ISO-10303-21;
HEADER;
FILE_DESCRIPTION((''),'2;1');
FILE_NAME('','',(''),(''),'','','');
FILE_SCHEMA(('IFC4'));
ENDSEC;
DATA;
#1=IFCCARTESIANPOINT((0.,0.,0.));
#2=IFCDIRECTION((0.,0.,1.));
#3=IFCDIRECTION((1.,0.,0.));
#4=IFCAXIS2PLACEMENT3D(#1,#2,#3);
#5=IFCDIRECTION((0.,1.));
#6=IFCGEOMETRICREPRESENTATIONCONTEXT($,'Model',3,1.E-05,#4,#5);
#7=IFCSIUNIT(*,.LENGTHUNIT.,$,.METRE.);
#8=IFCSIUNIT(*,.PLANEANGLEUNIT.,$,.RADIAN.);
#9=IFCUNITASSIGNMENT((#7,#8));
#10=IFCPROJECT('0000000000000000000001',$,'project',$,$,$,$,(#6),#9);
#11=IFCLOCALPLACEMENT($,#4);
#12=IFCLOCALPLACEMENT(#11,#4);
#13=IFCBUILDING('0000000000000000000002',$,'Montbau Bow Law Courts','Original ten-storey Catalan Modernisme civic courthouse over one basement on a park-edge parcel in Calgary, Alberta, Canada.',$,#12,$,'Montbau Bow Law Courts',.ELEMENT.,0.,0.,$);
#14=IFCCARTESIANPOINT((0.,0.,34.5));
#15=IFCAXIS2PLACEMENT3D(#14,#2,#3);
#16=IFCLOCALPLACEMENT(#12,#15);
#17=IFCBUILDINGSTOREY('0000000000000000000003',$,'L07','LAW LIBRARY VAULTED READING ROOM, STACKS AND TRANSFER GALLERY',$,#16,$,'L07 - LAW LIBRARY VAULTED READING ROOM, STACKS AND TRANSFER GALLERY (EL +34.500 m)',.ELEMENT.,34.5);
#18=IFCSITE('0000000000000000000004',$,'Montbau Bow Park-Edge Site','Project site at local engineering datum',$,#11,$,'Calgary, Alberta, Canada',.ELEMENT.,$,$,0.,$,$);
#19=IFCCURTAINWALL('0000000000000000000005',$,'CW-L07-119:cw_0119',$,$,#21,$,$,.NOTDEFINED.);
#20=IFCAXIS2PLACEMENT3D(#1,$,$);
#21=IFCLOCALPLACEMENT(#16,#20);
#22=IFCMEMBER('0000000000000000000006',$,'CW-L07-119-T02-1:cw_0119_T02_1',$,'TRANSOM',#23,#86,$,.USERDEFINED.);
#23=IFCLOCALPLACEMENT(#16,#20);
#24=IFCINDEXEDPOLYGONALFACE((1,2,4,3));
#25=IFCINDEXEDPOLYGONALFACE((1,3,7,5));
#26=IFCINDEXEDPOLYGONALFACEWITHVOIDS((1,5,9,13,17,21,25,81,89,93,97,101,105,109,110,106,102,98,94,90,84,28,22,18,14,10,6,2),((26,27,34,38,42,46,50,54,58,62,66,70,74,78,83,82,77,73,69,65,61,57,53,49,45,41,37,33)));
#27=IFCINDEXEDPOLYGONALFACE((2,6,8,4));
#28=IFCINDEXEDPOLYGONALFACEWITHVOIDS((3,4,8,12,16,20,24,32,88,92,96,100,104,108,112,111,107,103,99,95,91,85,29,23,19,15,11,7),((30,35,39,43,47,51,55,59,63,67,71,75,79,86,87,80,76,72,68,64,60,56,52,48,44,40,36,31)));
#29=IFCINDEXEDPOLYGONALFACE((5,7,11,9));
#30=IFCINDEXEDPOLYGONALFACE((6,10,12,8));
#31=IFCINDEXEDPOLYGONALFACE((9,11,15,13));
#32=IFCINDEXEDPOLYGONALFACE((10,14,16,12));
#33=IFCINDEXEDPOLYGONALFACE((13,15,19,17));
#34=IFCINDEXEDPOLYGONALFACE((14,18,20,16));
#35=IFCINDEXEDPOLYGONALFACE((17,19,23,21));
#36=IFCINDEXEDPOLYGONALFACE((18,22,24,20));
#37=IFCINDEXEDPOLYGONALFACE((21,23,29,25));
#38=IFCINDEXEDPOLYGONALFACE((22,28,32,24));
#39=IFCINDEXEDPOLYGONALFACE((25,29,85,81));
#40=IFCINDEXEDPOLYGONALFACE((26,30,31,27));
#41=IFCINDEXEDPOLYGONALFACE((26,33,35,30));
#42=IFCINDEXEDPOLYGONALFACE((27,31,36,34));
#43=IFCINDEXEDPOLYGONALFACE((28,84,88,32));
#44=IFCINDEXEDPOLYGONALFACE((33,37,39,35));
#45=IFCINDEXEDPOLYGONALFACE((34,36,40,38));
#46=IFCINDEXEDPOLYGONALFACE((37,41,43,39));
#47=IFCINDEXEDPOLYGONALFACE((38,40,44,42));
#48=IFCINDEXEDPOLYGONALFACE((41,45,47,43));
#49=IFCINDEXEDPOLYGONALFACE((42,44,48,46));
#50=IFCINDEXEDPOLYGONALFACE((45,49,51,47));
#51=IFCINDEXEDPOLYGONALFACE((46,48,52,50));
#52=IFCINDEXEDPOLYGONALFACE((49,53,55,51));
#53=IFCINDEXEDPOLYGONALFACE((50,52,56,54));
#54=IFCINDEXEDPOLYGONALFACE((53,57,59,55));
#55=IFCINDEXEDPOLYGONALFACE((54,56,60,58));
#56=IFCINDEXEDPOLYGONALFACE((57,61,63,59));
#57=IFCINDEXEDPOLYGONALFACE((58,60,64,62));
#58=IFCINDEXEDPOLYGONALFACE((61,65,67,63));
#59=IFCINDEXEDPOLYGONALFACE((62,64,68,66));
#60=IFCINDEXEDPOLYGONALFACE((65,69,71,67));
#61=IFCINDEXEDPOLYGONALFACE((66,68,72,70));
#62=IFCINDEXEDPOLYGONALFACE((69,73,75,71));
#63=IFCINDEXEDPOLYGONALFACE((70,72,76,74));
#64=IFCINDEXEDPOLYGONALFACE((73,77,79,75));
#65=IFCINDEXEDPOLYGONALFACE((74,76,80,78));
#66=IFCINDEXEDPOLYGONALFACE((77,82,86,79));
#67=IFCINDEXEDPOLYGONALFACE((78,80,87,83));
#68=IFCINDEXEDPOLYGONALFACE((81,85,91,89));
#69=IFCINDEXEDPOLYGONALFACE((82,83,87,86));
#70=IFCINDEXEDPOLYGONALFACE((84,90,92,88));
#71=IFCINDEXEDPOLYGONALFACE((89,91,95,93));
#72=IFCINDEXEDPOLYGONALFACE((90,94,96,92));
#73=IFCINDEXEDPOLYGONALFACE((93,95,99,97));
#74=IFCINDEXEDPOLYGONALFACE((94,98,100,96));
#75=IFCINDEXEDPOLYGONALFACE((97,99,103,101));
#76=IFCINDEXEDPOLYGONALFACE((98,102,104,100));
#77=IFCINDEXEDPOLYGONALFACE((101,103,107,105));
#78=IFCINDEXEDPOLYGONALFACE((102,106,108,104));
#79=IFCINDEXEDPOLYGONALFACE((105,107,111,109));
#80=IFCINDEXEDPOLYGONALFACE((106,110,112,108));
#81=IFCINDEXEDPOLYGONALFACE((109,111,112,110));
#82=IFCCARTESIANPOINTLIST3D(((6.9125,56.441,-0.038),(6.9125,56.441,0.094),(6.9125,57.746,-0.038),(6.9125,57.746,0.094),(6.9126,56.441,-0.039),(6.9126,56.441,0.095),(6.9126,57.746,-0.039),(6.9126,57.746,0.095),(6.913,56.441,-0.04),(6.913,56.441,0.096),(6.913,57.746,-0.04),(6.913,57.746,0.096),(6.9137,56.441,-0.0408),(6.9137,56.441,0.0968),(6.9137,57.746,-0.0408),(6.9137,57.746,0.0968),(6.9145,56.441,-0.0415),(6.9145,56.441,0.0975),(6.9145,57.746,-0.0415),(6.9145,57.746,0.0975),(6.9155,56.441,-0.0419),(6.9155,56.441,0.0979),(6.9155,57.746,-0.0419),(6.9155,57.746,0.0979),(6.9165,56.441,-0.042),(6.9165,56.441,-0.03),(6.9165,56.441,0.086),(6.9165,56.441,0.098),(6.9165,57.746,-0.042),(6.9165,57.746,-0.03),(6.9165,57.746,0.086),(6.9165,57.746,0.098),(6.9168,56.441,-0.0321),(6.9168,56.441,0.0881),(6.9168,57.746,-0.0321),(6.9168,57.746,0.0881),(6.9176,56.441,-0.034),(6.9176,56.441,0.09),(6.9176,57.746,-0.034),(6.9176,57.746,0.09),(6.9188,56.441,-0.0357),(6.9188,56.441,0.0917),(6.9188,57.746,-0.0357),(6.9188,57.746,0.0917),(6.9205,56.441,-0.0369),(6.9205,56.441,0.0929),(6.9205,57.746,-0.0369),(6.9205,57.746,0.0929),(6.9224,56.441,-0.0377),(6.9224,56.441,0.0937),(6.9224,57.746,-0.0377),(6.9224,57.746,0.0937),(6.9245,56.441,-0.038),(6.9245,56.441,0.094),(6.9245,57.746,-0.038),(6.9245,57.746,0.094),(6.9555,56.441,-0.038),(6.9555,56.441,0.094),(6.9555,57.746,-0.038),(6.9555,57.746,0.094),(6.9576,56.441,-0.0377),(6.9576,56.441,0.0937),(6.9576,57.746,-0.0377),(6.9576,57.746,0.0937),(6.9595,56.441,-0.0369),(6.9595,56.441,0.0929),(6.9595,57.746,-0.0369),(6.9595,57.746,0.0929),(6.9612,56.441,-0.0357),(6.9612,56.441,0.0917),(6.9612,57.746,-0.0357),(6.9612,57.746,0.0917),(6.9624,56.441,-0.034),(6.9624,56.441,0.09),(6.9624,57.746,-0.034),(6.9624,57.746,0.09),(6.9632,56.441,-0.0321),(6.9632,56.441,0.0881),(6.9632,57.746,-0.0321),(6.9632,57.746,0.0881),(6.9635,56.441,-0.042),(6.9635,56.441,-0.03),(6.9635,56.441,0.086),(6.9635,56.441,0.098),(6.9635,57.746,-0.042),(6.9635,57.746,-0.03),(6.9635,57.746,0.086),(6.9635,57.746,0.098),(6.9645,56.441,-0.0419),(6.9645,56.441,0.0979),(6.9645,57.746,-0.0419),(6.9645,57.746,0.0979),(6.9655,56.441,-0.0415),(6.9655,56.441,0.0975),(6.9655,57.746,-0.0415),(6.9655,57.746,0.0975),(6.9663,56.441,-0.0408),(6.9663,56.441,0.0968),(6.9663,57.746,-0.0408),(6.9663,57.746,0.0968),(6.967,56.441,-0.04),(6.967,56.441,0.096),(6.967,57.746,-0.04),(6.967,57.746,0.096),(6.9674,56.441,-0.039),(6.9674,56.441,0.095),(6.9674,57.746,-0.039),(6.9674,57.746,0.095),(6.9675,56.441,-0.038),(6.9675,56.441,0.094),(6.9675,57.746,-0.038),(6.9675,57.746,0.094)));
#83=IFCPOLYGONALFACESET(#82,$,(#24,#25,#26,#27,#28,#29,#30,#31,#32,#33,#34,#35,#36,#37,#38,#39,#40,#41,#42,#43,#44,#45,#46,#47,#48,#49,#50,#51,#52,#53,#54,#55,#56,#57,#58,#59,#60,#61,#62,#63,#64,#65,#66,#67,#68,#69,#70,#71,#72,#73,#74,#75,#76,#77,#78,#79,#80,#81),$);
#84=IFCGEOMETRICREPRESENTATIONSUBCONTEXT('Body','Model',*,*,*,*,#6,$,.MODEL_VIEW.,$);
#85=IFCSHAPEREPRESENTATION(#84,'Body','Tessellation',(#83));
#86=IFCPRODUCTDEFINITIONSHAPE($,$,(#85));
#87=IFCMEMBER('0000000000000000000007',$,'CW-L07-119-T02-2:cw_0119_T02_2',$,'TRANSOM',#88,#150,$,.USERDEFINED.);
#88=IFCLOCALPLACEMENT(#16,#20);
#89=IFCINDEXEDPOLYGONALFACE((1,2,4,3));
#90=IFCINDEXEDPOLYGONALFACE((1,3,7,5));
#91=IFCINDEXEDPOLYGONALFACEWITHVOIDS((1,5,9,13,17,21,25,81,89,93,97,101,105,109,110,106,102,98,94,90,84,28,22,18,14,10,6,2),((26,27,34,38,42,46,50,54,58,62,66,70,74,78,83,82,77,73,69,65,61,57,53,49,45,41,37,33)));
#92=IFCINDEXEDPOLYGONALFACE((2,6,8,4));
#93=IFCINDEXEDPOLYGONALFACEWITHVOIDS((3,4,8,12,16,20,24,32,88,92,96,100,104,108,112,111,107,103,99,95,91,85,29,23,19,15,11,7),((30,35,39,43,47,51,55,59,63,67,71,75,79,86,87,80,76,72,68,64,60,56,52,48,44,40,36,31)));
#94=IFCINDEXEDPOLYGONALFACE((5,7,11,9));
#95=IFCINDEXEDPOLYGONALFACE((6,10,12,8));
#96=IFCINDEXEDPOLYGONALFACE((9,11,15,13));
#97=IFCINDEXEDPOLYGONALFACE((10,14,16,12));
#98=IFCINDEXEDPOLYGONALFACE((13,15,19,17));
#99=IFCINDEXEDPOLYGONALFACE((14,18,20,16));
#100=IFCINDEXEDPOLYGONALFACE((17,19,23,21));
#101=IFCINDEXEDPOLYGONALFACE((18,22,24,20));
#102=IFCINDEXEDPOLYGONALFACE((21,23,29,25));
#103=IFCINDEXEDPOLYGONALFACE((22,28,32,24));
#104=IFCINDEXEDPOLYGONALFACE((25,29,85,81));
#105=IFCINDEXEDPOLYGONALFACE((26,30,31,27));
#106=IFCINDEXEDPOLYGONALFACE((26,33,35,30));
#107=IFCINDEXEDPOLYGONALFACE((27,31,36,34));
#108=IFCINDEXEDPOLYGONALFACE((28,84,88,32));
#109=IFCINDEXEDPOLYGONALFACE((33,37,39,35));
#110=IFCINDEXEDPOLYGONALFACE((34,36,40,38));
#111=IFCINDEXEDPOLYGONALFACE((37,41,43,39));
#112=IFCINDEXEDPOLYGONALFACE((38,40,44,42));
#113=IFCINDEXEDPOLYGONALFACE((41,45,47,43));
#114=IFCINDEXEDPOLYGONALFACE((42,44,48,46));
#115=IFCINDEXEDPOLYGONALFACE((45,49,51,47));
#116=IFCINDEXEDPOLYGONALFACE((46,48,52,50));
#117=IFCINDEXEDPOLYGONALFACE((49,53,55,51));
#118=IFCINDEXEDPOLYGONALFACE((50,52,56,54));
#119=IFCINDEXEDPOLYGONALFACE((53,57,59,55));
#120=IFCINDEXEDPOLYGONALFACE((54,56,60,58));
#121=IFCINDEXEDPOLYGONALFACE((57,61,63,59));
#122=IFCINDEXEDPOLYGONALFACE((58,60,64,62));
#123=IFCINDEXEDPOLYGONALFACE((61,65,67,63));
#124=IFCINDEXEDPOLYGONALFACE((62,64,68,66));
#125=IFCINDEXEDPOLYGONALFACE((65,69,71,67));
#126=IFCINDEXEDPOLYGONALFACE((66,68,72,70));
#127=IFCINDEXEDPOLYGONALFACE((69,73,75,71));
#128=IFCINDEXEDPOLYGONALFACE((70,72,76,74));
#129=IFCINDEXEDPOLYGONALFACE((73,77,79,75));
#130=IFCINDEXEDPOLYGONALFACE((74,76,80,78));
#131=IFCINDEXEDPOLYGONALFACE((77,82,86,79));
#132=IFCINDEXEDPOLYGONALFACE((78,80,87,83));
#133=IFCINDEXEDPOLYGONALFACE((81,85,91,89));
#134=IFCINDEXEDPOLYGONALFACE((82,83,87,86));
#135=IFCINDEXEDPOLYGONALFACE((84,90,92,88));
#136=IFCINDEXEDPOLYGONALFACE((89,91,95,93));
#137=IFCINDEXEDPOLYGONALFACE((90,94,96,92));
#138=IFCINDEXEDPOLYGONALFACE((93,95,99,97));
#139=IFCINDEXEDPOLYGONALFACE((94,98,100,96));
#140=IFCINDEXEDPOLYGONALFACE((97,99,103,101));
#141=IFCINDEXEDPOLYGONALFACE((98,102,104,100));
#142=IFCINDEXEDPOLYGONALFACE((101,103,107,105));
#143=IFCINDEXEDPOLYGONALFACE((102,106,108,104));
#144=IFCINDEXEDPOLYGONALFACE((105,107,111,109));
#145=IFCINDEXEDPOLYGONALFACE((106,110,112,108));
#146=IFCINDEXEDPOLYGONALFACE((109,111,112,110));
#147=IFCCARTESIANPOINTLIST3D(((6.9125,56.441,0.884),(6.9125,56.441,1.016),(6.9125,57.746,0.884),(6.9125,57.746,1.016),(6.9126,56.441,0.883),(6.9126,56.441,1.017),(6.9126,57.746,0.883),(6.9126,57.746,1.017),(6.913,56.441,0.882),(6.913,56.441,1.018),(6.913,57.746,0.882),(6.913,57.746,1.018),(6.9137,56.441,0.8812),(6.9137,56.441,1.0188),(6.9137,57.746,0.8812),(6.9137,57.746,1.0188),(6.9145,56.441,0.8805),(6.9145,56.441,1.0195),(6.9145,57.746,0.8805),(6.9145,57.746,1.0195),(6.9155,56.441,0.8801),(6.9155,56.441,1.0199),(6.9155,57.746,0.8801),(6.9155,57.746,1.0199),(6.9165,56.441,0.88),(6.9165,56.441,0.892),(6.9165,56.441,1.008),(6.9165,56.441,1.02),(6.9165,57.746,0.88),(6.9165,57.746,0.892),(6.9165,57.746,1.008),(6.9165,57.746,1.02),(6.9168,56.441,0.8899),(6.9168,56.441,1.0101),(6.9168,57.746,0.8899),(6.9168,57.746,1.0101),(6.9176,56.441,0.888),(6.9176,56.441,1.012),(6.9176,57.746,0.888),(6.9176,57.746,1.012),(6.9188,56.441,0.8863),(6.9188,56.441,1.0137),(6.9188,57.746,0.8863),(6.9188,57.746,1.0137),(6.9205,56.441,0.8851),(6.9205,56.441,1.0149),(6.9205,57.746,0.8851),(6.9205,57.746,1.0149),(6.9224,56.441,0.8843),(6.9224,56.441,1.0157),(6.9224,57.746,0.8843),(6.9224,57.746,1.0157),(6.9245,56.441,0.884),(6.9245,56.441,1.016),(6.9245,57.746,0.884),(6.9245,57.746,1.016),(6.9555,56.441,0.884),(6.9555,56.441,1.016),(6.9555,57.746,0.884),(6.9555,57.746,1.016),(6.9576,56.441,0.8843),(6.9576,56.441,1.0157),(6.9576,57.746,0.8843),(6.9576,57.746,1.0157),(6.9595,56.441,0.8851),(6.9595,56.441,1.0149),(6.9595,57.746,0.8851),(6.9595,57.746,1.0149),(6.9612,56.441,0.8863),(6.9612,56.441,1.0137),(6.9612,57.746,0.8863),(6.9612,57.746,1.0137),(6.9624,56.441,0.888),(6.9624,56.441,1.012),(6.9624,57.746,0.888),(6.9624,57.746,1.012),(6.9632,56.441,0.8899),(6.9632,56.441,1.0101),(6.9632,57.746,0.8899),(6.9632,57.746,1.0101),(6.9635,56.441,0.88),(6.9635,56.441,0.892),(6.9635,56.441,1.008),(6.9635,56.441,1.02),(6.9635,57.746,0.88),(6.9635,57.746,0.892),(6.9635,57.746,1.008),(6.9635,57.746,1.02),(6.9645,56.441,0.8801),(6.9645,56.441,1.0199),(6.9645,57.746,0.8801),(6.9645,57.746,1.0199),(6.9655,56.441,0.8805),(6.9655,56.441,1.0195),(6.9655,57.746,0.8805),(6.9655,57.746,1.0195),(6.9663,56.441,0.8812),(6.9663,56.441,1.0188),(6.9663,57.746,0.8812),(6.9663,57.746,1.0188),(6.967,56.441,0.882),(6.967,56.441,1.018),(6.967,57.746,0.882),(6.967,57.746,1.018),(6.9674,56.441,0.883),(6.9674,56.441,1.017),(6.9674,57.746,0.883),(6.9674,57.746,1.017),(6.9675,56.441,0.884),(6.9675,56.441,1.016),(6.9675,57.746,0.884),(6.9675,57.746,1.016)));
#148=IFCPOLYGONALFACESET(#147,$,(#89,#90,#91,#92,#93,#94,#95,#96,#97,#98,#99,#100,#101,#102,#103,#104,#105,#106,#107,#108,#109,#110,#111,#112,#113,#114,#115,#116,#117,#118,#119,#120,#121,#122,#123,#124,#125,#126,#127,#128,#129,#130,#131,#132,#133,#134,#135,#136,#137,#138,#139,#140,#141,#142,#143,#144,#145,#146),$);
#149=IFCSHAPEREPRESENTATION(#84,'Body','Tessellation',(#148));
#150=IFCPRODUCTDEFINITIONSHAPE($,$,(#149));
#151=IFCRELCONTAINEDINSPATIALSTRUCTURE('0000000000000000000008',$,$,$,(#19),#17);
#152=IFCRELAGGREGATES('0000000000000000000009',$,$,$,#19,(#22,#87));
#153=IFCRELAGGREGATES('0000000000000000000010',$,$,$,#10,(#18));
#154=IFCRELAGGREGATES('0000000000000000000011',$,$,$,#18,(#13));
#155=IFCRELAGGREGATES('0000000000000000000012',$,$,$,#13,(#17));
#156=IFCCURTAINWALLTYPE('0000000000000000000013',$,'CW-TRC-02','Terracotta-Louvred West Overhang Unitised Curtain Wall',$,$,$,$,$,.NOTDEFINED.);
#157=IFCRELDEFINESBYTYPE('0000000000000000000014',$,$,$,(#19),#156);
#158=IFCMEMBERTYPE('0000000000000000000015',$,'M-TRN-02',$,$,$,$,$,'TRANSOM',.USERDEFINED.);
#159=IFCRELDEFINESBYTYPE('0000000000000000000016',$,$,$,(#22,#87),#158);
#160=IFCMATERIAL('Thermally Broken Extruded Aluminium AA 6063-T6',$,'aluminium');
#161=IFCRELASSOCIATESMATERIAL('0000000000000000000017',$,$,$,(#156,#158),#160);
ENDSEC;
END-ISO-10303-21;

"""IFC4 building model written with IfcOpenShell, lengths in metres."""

from ifc_helpers import new_model, si_unit, direction, frame, origin_with_axes, origin_2d_with_axis, place, context, subcontext, project, spatial, hollow_rectangle, extrude, material, material_profile, profile_set, type_object, element, aggregate, save


model = new_model("IFC4")

# Units and contexts
model_context = context("Model", 3, precision=1e-05, world=origin_with_axes(), true_north=direction((0.0, 1.0)))
body_context = subcontext(model_context, "Body", "Model", "MODEL_VIEW")
ifc_project = project(units=[si_unit("LENGTHUNIT", "METRE"), si_unit("PLANEANGLEUNIT", "RADIAN")], contexts=[model_context])

# Site, building, storey
site_placement = place(None, origin_with_axes())
site = spatial("IfcSite", under=ifc_project, at=site_placement, Name="Montbau Bow Park-Edge Site", Description="Project site at local engineering datum", LongName="Calgary, Alberta, Canada", CompositionType="ELEMENT", RefElevation=0.0)
building_placement = place(site_placement, origin_with_axes())
building = spatial("IfcBuilding", under=site, at=building_placement, Name="Montbau Bow Law Courts", Description="Original ten-storey Catalan Modernisme civic courthouse over one basement on a park-edge parcel in Calgary, Alberta, Canada.", LongName="Montbau Bow Law Courts", CompositionType="ELEMENT", ElevationOfRefHeight=0.0, ElevationOfTerrain=0.0)
storey_placement = place(building_placement, frame((0.0, 0.0, 34.5), z_axis=(0.0, 0.0, 1.0), x_axis=(1.0, 0.0, 0.0)))
storey = spatial("IfcBuildingStorey", under=building, at=storey_placement, Name="L07", Description="LAW LIBRARY VAULTED READING ROOM, STACKS AND TRANSFER GALLERY", LongName="L07 - LAW LIBRARY VAULTED READING ROOM, STACKS AND TRANSFER GALLERY (EL +34.500 m)", CompositionType="ELEMENT", Elevation=34.5)

# Shared definitions
ifc_material_1 = material(Name="Thermally Broken Extruded Aluminium AA 6063-T6", Category="aluminium")
curtain_wall_type = type_object("IfcCurtainWallType", Name="CW-TRC-02", Description="Terracotta-Louvred West Overhang Unitised Curtain Wall", PredefinedType="NOTDEFINED", material=ifc_material_1)

# Curtain wall
curtain_wall_1_placement = place(None, frame((6.94, 55.04, 34.5), z_axis=(0.0, 0.0, 1.0), x_axis=(1.0, 0.0, 0.0)))
curtain_wall_1 = element("IfcCurtainWall", 1, at=curtain_wall_1_placement, inside=storey, type_object=curtain_wall_type, Name="CW-L07-119:cw_0119", PredefinedType="NOTDEFINED")

# Members
ifc_material_profile_1 = material_profile(ifc_material_1, hollow_rectangle(XDim=0.055, YDim=0.14, WallThickness=0.004, InnerFilletRadius=0.008, OuterFilletRadius=0.004, at=origin_2d_with_axis()), Name="CWT-140X55", Category="Main", Priority=0)
ifc_profile_set_1 = profile_set([ifc_material_profile_1], Name="Thermally Broken Extruded Aluminium AA 6063-T6")
member_type_1 = type_object("IfcMemberType", Name="M-TRN-02", ElementType="TRANSOM", PredefinedType="USERDEFINED", material=ifc_profile_set_1)
member_1_placement = place(None, frame((6.94, 56.441, 34.528), z_axis=(0.0, 1.0, 0.0), x_axis=(-1.0, 0.0, 0.0)))
member_1 = element("IfcMember", 2, at=member_1_placement, type_object=member_type_1, Name="CW-L07-119-T02-1:cw_0119_T02_1", ObjectType="TRANSOM", PredefinedType="USERDEFINED", context=body_context, shape_type="SweptSolid", body=[
    extrude(hollow_rectangle(XDim=0.055, YDim=0.14, WallThickness=0.004, InnerFilletRadius=0.008, OuterFilletRadius=0.004, at=origin_2d_with_axis()), origin_with_axes(), (0.0, 0.0, 1.0), 1.305),
])
member_2_placement = place(None, frame((6.94, 56.441, 35.45), z_axis=(0.0, 1.0, 0.0), x_axis=(-1.0, 0.0, 0.0)))
member_2 = element("IfcMember", 3, at=member_2_placement, type_object=member_type_1, Name="CW-L07-119-T02-2:cw_0119_T02_2", ObjectType="TRANSOM", PredefinedType="USERDEFINED", context=body_context, shape_type="SweptSolid", body=[
    extrude(hollow_rectangle(XDim=0.055, YDim=0.14, WallThickness=0.004, InnerFilletRadius=0.008, OuterFilletRadius=0.004, at=origin_2d_with_axis()), origin_with_axes(), (0.0, 0.0, 1.0), 1.305),
])

aggregate(curtain_wall_1, [member_1, member_2])

save(model, "model.ifc")
